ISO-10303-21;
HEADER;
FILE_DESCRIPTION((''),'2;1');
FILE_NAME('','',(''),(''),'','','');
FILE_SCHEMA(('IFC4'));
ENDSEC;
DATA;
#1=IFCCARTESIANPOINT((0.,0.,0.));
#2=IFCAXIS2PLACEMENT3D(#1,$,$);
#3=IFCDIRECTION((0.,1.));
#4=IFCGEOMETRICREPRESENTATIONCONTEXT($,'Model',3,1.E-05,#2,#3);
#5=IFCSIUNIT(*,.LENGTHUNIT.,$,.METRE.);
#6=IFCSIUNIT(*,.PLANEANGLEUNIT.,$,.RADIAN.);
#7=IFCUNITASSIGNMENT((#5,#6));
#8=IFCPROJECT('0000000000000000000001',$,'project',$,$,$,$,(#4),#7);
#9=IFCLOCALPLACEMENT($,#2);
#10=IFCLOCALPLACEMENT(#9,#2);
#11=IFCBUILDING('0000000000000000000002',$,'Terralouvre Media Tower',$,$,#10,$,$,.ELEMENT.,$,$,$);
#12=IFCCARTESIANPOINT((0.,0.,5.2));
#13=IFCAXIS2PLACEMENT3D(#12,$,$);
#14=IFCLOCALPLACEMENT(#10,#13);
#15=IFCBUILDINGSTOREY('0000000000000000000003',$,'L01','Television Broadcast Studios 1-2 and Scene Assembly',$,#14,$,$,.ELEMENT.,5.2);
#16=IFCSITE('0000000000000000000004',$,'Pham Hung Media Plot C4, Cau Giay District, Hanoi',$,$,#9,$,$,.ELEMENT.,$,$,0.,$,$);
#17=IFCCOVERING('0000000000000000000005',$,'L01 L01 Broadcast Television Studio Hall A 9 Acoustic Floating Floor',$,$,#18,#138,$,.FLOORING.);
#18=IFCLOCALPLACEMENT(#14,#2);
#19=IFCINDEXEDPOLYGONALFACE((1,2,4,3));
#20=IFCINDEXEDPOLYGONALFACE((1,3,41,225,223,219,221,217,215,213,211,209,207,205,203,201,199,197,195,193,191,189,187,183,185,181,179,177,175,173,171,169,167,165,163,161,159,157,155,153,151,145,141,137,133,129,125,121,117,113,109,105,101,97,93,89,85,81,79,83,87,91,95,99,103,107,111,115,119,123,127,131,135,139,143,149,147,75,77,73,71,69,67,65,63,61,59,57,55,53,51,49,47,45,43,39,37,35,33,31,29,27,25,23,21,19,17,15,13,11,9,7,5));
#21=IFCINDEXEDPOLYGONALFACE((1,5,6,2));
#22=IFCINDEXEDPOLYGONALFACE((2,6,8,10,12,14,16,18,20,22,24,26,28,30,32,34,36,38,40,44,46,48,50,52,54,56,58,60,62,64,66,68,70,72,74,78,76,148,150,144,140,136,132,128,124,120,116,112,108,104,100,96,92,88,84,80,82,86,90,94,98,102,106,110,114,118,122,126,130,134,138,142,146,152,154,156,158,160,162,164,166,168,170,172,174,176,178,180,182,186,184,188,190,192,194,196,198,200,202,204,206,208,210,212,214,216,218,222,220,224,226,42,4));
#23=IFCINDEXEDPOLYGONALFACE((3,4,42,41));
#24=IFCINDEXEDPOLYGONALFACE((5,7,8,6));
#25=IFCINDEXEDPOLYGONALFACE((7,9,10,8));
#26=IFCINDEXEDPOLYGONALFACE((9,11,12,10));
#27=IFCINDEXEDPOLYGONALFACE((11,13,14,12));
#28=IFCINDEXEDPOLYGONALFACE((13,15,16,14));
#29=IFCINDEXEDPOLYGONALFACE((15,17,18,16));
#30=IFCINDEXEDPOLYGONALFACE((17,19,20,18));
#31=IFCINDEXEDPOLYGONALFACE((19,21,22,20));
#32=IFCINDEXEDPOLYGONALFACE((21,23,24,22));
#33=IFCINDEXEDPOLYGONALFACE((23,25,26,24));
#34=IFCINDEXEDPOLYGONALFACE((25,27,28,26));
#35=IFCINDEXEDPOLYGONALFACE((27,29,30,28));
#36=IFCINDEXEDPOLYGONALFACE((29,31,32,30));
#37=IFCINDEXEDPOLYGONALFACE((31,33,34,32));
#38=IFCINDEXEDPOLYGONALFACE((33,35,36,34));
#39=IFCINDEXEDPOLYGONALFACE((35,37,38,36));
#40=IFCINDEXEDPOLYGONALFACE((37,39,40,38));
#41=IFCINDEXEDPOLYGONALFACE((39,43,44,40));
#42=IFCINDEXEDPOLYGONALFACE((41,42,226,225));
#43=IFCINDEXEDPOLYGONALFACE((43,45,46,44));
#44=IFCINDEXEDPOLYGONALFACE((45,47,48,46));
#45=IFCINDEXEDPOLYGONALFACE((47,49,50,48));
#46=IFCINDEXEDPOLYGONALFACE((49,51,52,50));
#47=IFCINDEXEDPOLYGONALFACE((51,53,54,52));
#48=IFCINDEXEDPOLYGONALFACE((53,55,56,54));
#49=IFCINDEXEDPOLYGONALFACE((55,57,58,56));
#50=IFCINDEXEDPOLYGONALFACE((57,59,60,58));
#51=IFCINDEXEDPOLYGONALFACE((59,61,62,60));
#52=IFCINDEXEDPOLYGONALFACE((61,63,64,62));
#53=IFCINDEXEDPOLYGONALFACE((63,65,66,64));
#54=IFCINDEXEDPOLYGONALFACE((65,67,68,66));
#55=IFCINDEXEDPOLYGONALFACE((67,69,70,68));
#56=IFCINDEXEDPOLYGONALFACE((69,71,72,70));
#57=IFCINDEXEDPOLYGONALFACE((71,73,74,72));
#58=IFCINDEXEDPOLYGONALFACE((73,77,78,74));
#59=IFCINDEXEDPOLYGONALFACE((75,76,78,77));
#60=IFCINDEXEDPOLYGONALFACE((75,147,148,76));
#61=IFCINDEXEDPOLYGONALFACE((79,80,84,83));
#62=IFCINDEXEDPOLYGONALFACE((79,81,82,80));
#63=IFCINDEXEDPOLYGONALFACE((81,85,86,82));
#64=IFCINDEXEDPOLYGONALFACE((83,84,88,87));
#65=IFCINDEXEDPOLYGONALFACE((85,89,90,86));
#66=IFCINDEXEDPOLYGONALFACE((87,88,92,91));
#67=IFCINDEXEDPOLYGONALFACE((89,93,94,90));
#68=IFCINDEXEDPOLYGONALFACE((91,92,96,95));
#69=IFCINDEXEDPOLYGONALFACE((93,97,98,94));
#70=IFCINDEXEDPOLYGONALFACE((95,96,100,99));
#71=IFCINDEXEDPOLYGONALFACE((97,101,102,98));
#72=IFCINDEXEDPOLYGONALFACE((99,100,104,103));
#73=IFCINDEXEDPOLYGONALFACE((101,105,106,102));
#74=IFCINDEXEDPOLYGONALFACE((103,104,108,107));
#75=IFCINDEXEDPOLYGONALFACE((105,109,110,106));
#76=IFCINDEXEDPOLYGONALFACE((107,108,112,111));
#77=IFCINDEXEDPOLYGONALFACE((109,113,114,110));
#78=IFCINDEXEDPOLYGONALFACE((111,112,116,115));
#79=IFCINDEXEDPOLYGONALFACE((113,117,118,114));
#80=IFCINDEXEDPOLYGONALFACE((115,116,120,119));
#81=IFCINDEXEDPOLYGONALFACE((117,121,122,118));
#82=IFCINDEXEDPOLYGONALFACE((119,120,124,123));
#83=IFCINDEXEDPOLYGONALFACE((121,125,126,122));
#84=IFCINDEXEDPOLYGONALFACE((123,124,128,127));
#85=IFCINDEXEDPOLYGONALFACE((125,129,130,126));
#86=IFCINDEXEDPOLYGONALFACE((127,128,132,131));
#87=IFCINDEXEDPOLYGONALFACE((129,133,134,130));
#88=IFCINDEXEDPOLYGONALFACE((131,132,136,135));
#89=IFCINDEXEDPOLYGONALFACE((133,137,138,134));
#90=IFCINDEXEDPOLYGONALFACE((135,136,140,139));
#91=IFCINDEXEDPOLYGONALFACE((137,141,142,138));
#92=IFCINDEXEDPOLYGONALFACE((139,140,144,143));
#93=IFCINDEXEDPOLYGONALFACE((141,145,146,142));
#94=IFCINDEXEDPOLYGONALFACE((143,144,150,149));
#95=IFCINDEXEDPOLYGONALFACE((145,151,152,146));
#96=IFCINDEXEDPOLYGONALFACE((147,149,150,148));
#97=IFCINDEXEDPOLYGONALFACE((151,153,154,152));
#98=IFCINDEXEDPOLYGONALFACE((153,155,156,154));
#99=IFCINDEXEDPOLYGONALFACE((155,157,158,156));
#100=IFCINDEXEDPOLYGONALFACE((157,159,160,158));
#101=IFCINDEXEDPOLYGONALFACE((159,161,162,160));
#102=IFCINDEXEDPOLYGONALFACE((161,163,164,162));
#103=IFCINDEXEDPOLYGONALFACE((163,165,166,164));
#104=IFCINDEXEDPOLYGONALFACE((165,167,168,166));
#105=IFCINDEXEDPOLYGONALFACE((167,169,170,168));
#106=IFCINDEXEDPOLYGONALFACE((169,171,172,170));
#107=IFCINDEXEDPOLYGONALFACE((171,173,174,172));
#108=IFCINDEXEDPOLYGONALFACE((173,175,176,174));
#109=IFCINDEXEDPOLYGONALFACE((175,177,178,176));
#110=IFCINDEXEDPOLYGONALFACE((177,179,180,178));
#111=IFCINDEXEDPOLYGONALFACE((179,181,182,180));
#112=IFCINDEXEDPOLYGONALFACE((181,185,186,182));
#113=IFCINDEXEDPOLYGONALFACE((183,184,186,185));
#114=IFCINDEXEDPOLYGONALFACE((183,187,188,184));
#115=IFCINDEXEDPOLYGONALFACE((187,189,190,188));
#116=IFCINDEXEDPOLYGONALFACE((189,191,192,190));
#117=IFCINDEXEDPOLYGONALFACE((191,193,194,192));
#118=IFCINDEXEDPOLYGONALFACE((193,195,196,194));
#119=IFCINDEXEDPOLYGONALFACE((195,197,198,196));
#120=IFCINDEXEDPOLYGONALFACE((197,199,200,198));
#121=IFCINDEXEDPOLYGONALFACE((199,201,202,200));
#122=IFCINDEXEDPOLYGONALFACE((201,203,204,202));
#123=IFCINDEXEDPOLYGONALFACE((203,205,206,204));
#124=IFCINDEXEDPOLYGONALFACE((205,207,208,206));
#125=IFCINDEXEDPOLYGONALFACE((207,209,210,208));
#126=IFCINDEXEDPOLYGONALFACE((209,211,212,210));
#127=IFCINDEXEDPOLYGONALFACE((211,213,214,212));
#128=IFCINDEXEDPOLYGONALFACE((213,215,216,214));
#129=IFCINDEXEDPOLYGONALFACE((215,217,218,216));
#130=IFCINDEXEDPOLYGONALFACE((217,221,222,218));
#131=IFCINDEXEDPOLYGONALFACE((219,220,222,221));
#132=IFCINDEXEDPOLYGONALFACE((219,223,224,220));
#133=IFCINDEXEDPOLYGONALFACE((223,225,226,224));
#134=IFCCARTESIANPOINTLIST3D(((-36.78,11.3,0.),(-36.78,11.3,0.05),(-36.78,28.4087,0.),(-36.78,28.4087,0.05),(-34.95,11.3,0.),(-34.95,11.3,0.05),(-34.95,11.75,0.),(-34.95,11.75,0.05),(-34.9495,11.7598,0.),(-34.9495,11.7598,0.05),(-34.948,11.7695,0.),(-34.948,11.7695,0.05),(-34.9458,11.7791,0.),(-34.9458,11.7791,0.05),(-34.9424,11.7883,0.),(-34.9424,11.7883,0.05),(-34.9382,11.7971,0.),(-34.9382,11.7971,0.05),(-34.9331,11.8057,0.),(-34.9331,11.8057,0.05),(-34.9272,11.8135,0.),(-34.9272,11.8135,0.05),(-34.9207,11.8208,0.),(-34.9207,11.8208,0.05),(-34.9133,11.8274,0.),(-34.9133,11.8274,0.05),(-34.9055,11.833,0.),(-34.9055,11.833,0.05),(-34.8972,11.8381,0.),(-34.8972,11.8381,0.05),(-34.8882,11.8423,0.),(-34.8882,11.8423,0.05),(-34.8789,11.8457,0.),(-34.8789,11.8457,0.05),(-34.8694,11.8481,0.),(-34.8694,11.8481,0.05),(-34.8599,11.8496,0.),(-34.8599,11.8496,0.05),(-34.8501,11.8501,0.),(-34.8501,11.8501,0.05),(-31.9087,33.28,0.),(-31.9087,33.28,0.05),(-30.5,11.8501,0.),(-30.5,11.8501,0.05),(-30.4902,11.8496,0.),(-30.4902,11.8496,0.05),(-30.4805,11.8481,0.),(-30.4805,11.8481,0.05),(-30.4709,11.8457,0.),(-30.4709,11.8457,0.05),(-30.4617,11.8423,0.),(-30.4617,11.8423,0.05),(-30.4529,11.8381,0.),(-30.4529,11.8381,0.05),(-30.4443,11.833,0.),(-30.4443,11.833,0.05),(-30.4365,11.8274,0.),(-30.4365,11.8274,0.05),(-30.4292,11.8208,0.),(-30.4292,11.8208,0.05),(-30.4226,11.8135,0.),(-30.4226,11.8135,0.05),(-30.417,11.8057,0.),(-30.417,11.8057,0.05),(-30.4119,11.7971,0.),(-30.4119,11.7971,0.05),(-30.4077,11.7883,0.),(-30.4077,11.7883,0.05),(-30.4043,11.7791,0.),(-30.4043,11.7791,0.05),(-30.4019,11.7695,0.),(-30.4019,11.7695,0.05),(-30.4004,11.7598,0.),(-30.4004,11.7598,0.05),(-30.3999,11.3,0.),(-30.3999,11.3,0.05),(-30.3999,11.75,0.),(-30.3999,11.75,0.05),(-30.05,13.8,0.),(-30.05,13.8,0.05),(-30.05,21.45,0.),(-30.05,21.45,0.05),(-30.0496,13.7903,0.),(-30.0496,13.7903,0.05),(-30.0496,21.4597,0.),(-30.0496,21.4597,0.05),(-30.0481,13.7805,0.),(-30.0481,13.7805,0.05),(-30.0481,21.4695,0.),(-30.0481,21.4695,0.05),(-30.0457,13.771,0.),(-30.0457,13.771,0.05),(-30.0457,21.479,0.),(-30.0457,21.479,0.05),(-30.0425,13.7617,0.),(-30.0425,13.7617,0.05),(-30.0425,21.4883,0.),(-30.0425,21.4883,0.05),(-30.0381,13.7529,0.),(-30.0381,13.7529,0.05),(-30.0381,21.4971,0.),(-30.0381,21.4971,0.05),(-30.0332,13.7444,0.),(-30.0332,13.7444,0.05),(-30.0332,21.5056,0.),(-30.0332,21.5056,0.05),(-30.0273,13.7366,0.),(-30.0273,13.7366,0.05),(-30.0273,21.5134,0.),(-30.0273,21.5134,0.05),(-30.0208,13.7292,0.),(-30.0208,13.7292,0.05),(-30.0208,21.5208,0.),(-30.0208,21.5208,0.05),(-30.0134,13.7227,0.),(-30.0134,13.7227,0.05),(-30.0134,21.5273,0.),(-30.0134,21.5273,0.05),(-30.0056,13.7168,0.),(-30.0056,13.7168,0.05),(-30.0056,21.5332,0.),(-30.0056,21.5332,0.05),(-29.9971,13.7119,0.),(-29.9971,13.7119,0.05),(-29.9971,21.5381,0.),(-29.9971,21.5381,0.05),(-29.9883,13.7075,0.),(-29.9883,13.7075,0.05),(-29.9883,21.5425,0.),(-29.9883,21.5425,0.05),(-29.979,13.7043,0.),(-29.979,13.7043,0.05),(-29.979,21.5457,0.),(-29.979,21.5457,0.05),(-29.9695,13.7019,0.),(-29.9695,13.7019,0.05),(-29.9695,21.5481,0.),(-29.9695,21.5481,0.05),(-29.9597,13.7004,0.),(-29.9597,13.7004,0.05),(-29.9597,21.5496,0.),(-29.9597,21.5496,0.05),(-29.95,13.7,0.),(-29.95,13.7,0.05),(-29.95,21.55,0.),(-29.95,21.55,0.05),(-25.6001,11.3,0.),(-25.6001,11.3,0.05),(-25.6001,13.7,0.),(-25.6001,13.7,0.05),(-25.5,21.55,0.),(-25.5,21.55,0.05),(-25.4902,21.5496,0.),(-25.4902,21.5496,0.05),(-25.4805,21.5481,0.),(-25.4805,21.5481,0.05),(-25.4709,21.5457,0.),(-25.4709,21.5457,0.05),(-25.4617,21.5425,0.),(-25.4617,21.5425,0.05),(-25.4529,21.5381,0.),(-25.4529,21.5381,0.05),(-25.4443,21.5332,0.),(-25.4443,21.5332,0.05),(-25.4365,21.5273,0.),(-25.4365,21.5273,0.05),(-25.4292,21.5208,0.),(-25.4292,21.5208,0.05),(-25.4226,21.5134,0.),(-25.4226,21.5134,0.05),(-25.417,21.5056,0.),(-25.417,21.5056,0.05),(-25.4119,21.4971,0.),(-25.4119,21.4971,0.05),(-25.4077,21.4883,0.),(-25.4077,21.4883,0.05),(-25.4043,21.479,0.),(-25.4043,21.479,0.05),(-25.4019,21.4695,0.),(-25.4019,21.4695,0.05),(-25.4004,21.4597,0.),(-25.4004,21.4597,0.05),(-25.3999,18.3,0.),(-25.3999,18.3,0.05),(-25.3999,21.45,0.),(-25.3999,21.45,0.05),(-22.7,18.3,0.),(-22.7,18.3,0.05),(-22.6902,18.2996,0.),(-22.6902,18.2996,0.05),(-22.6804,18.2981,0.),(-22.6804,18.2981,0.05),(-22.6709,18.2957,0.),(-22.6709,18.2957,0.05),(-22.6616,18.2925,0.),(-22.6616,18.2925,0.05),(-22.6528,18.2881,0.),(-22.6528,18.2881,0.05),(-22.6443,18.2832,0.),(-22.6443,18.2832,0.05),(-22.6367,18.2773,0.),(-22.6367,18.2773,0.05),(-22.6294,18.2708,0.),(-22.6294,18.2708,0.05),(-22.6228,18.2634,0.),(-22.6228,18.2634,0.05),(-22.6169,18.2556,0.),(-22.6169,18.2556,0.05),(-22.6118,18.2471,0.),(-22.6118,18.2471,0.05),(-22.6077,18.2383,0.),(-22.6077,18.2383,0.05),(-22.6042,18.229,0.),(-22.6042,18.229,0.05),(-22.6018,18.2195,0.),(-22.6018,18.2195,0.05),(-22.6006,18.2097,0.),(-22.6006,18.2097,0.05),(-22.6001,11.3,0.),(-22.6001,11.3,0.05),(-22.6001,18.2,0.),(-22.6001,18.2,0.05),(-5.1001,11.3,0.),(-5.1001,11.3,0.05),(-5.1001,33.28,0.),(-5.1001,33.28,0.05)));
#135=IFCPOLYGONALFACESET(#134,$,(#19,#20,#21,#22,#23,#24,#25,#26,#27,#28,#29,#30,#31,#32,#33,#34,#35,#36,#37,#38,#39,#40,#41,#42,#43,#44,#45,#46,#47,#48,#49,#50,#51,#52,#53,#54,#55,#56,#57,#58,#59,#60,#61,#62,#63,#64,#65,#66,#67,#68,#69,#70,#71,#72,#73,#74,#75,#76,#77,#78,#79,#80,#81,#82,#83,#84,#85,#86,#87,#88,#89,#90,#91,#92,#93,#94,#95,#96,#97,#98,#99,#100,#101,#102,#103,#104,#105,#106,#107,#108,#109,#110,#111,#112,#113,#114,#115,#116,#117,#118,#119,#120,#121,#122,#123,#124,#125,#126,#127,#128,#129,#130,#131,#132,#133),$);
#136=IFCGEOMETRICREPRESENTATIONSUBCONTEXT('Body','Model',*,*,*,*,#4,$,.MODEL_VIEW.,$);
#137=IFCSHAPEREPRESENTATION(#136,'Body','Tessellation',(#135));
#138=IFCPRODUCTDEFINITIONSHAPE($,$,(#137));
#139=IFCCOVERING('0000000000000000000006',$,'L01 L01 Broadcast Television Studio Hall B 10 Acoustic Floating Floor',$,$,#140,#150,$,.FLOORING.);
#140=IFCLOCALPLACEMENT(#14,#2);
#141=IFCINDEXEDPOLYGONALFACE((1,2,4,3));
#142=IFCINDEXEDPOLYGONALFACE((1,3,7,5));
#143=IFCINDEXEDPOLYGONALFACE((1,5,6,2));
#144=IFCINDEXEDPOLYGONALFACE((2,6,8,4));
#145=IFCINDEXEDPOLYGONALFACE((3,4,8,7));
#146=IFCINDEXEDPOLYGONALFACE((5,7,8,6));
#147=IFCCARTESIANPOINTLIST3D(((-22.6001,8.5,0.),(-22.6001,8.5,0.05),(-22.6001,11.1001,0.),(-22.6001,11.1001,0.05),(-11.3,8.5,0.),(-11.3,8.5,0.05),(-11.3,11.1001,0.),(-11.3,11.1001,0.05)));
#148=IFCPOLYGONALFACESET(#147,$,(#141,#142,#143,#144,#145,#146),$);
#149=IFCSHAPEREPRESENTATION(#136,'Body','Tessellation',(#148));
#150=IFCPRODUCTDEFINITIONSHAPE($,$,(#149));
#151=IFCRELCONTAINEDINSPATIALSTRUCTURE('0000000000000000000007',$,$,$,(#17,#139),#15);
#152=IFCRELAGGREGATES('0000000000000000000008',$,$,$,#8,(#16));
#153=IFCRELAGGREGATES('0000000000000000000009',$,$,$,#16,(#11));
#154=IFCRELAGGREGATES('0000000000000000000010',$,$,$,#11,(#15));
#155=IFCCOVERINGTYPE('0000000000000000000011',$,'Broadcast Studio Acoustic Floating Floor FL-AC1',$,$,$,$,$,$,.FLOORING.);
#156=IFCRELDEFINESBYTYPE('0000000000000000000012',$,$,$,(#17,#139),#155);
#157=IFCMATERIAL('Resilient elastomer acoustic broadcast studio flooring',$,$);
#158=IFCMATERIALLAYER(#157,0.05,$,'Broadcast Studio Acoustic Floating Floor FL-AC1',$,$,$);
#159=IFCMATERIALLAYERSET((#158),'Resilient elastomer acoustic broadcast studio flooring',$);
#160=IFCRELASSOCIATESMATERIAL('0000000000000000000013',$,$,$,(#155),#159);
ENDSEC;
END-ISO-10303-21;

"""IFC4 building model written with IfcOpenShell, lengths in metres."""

from ifc_helpers import new_model, si_unit, direction, frame, origin, place, context, subcontext, project, spatial, polyline, outline, extrude, material, layer, layer_set, type_object, element, save


model = new_model("IFC4")

# Units and contexts
model_context = context("Model", 3, precision=1e-05, world=origin(), true_north=direction((0.0, 1.0)))
body_context = subcontext(model_context, "Body", "Model", "MODEL_VIEW")
ifc_project = project(units=[si_unit("LENGTHUNIT", "METRE"), si_unit("PLANEANGLEUNIT", "RADIAN")], contexts=[model_context])

# Site, building, storey
site_placement = place(None, origin())
site = spatial("IfcSite", under=ifc_project, at=site_placement, Name="Pham Hung Media Plot C4, Cau Giay District, Hanoi", CompositionType="ELEMENT", RefElevation=0.0)
building_placement = place(site_placement, origin())
building = spatial("IfcBuilding", under=site, at=building_placement, Name="Terralouvre Media Tower", CompositionType="ELEMENT")
storey_placement = place(building_placement, frame((0.0, 0.0, 5.2)))
storey = spatial("IfcBuildingStorey", under=building, at=storey_placement, Name="L01", Description="Television Broadcast Studios 1-2 and Scene Assembly", CompositionType="ELEMENT", Elevation=5.2)

# Coverings
ifc_material_1 = material(Name="Resilient elastomer acoustic broadcast studio flooring")
ifc_layer_1 = layer(ifc_material_1, 0.05, Name="Broadcast Studio Acoustic Floating Floor FL-AC1")
ifc_layer_set_1 = layer_set([ifc_layer_1], Name="Resilient elastomer acoustic broadcast studio flooring")
covering_type_1 = type_object("IfcCoveringType", Name="Broadcast Studio Acoustic Floating Floor FL-AC1", PredefinedType="FLOORING", material=ifc_layer_set_1)
covering_1_placement = place(storey_placement, origin())
element("IfcCovering", 1, at=covering_1_placement, inside=storey, type_object=covering_type_1, Name="L01 L01 Broadcast Television Studio Hall A 9 Acoustic Floating Floor", PredefinedType="FLOORING", context=body_context, shape_type="SweptSolid", body=[
    extrude(outline(polyline([(-34.95, 11.75), (-34.9495, 11.7598), (-34.948, 11.7695), (-34.9458, 11.7791), (-34.9424, 11.7883), (-34.9382, 11.7971), (-34.9331, 11.8057), (-34.9272, 11.8135), (-34.9207, 11.8208), (-34.9133, 11.8274), (-34.9055, 11.833), (-34.8972, 11.8381), (-34.8882, 11.8423), (-34.8789, 11.8457), (-34.8694, 11.8481), (-34.8599, 11.8496), (-34.8501, 11.8501), (-30.5, 11.8501), (-30.4902, 11.8496), (-30.4805, 11.8481), (-30.4709, 11.8457), (-30.4617, 11.8423), (-30.4529, 11.8381), (-30.4443, 11.833), (-30.4365, 11.8274), (-30.4292, 11.8208), (-30.4226, 11.8135), (-30.417, 11.8057), (-30.4119, 11.7971), (-30.4077, 11.7883), (-30.4043, 11.7791), (-30.4019, 11.7695), (-30.4004, 11.7598), (-30.3999, 11.75), (-30.3999, 11.3), (-25.6001, 11.3), (-25.6001, 13.7), (-29.95, 13.7), (-29.9597, 13.7004), (-29.9695, 13.7019), (-29.979, 13.7043), (-29.9883, 13.7075), (-29.9971, 13.7119), (-30.0056, 13.7168), (-30.0134, 13.7227), (-30.0208, 13.7292), (-30.0273, 13.7366), (-30.0332, 13.7444), (-30.0381, 13.7529), (-30.0425, 13.7617), (-30.0457, 13.771), (-30.0481, 13.7805), (-30.0496, 13.7903), (-30.05, 13.8), (-30.05, 21.45), (-30.0496, 21.4597), (-30.0481, 21.4695), (-30.0457, 21.479), (-30.0425, 21.4883), (-30.0381, 21.4971), (-30.0332, 21.5056), (-30.0273, 21.5134), (-30.0208, 21.5208), (-30.0134, 21.5273), (-30.0056, 21.5332), (-29.9971, 21.5381), (-29.9883, 21.5425), (-29.979, 21.5457), (-29.9695, 21.5481), (-29.9597, 21.5496), (-29.95, 21.55), (-25.5, 21.55), (-25.4902, 21.5496), (-25.4805, 21.5481), (-25.4709, 21.5457), (-25.4617, 21.5425), (-25.4529, 21.5381), (-25.4443, 21.5332), (-25.4365, 21.5273), (-25.4292, 21.5208), (-25.4226, 21.5134), (-25.417, 21.5056), (-25.4119, 21.4971), (-25.4077, 21.4883), (-25.4043, 21.479), (-25.4019, 21.4695), (-25.4004, 21.4597), (-25.3999, 21.45), (-25.3999, 18.3), (-22.7, 18.3), (-22.6902, 18.2996), (-22.6804, 18.2981), (-22.6709, 18.2957), (-22.6616, 18.2925), (-22.6528, 18.2881), (-22.6443, 18.2832), (-22.6367, 18.2773), (-22.6294, 18.2708), (-22.6228, 18.2634), (-22.6169, 18.2556), (-22.6118, 18.2471), (-22.6077, 18.2383), (-22.6042, 18.229), (-22.6018, 18.2195), (-22.6006, 18.2097), (-22.6001, 18.2), (-22.6001, 11.3), (-5.1001, 11.3), (-5.1001, 33.28), (-31.9087, 33.28), (-36.78, 28.4087), (-36.78, 11.3), (-34.95, 11.3), (-34.95, 11.75)])), origin(), (0.0, 0.0, 1.0), 0.05),
])
covering_2_placement = place(storey_placement, origin())
element("IfcCovering", 2, at=covering_2_placement, inside=storey, type_object=covering_type_1, Name="L01 L01 Broadcast Television Studio Hall B 10 Acoustic Floating Floor", PredefinedType="FLOORING", context=body_context, shape_type="SweptSolid", body=[
    extrude(outline(polyline([(-22.6001, 8.5), (-11.3, 8.5), (-11.3, 11.1001), (-22.6001, 11.1001), (-22.6001, 8.5)])), origin(), (0.0, 0.0, 1.0), 0.05),
])

save(model, "model.ifc")
